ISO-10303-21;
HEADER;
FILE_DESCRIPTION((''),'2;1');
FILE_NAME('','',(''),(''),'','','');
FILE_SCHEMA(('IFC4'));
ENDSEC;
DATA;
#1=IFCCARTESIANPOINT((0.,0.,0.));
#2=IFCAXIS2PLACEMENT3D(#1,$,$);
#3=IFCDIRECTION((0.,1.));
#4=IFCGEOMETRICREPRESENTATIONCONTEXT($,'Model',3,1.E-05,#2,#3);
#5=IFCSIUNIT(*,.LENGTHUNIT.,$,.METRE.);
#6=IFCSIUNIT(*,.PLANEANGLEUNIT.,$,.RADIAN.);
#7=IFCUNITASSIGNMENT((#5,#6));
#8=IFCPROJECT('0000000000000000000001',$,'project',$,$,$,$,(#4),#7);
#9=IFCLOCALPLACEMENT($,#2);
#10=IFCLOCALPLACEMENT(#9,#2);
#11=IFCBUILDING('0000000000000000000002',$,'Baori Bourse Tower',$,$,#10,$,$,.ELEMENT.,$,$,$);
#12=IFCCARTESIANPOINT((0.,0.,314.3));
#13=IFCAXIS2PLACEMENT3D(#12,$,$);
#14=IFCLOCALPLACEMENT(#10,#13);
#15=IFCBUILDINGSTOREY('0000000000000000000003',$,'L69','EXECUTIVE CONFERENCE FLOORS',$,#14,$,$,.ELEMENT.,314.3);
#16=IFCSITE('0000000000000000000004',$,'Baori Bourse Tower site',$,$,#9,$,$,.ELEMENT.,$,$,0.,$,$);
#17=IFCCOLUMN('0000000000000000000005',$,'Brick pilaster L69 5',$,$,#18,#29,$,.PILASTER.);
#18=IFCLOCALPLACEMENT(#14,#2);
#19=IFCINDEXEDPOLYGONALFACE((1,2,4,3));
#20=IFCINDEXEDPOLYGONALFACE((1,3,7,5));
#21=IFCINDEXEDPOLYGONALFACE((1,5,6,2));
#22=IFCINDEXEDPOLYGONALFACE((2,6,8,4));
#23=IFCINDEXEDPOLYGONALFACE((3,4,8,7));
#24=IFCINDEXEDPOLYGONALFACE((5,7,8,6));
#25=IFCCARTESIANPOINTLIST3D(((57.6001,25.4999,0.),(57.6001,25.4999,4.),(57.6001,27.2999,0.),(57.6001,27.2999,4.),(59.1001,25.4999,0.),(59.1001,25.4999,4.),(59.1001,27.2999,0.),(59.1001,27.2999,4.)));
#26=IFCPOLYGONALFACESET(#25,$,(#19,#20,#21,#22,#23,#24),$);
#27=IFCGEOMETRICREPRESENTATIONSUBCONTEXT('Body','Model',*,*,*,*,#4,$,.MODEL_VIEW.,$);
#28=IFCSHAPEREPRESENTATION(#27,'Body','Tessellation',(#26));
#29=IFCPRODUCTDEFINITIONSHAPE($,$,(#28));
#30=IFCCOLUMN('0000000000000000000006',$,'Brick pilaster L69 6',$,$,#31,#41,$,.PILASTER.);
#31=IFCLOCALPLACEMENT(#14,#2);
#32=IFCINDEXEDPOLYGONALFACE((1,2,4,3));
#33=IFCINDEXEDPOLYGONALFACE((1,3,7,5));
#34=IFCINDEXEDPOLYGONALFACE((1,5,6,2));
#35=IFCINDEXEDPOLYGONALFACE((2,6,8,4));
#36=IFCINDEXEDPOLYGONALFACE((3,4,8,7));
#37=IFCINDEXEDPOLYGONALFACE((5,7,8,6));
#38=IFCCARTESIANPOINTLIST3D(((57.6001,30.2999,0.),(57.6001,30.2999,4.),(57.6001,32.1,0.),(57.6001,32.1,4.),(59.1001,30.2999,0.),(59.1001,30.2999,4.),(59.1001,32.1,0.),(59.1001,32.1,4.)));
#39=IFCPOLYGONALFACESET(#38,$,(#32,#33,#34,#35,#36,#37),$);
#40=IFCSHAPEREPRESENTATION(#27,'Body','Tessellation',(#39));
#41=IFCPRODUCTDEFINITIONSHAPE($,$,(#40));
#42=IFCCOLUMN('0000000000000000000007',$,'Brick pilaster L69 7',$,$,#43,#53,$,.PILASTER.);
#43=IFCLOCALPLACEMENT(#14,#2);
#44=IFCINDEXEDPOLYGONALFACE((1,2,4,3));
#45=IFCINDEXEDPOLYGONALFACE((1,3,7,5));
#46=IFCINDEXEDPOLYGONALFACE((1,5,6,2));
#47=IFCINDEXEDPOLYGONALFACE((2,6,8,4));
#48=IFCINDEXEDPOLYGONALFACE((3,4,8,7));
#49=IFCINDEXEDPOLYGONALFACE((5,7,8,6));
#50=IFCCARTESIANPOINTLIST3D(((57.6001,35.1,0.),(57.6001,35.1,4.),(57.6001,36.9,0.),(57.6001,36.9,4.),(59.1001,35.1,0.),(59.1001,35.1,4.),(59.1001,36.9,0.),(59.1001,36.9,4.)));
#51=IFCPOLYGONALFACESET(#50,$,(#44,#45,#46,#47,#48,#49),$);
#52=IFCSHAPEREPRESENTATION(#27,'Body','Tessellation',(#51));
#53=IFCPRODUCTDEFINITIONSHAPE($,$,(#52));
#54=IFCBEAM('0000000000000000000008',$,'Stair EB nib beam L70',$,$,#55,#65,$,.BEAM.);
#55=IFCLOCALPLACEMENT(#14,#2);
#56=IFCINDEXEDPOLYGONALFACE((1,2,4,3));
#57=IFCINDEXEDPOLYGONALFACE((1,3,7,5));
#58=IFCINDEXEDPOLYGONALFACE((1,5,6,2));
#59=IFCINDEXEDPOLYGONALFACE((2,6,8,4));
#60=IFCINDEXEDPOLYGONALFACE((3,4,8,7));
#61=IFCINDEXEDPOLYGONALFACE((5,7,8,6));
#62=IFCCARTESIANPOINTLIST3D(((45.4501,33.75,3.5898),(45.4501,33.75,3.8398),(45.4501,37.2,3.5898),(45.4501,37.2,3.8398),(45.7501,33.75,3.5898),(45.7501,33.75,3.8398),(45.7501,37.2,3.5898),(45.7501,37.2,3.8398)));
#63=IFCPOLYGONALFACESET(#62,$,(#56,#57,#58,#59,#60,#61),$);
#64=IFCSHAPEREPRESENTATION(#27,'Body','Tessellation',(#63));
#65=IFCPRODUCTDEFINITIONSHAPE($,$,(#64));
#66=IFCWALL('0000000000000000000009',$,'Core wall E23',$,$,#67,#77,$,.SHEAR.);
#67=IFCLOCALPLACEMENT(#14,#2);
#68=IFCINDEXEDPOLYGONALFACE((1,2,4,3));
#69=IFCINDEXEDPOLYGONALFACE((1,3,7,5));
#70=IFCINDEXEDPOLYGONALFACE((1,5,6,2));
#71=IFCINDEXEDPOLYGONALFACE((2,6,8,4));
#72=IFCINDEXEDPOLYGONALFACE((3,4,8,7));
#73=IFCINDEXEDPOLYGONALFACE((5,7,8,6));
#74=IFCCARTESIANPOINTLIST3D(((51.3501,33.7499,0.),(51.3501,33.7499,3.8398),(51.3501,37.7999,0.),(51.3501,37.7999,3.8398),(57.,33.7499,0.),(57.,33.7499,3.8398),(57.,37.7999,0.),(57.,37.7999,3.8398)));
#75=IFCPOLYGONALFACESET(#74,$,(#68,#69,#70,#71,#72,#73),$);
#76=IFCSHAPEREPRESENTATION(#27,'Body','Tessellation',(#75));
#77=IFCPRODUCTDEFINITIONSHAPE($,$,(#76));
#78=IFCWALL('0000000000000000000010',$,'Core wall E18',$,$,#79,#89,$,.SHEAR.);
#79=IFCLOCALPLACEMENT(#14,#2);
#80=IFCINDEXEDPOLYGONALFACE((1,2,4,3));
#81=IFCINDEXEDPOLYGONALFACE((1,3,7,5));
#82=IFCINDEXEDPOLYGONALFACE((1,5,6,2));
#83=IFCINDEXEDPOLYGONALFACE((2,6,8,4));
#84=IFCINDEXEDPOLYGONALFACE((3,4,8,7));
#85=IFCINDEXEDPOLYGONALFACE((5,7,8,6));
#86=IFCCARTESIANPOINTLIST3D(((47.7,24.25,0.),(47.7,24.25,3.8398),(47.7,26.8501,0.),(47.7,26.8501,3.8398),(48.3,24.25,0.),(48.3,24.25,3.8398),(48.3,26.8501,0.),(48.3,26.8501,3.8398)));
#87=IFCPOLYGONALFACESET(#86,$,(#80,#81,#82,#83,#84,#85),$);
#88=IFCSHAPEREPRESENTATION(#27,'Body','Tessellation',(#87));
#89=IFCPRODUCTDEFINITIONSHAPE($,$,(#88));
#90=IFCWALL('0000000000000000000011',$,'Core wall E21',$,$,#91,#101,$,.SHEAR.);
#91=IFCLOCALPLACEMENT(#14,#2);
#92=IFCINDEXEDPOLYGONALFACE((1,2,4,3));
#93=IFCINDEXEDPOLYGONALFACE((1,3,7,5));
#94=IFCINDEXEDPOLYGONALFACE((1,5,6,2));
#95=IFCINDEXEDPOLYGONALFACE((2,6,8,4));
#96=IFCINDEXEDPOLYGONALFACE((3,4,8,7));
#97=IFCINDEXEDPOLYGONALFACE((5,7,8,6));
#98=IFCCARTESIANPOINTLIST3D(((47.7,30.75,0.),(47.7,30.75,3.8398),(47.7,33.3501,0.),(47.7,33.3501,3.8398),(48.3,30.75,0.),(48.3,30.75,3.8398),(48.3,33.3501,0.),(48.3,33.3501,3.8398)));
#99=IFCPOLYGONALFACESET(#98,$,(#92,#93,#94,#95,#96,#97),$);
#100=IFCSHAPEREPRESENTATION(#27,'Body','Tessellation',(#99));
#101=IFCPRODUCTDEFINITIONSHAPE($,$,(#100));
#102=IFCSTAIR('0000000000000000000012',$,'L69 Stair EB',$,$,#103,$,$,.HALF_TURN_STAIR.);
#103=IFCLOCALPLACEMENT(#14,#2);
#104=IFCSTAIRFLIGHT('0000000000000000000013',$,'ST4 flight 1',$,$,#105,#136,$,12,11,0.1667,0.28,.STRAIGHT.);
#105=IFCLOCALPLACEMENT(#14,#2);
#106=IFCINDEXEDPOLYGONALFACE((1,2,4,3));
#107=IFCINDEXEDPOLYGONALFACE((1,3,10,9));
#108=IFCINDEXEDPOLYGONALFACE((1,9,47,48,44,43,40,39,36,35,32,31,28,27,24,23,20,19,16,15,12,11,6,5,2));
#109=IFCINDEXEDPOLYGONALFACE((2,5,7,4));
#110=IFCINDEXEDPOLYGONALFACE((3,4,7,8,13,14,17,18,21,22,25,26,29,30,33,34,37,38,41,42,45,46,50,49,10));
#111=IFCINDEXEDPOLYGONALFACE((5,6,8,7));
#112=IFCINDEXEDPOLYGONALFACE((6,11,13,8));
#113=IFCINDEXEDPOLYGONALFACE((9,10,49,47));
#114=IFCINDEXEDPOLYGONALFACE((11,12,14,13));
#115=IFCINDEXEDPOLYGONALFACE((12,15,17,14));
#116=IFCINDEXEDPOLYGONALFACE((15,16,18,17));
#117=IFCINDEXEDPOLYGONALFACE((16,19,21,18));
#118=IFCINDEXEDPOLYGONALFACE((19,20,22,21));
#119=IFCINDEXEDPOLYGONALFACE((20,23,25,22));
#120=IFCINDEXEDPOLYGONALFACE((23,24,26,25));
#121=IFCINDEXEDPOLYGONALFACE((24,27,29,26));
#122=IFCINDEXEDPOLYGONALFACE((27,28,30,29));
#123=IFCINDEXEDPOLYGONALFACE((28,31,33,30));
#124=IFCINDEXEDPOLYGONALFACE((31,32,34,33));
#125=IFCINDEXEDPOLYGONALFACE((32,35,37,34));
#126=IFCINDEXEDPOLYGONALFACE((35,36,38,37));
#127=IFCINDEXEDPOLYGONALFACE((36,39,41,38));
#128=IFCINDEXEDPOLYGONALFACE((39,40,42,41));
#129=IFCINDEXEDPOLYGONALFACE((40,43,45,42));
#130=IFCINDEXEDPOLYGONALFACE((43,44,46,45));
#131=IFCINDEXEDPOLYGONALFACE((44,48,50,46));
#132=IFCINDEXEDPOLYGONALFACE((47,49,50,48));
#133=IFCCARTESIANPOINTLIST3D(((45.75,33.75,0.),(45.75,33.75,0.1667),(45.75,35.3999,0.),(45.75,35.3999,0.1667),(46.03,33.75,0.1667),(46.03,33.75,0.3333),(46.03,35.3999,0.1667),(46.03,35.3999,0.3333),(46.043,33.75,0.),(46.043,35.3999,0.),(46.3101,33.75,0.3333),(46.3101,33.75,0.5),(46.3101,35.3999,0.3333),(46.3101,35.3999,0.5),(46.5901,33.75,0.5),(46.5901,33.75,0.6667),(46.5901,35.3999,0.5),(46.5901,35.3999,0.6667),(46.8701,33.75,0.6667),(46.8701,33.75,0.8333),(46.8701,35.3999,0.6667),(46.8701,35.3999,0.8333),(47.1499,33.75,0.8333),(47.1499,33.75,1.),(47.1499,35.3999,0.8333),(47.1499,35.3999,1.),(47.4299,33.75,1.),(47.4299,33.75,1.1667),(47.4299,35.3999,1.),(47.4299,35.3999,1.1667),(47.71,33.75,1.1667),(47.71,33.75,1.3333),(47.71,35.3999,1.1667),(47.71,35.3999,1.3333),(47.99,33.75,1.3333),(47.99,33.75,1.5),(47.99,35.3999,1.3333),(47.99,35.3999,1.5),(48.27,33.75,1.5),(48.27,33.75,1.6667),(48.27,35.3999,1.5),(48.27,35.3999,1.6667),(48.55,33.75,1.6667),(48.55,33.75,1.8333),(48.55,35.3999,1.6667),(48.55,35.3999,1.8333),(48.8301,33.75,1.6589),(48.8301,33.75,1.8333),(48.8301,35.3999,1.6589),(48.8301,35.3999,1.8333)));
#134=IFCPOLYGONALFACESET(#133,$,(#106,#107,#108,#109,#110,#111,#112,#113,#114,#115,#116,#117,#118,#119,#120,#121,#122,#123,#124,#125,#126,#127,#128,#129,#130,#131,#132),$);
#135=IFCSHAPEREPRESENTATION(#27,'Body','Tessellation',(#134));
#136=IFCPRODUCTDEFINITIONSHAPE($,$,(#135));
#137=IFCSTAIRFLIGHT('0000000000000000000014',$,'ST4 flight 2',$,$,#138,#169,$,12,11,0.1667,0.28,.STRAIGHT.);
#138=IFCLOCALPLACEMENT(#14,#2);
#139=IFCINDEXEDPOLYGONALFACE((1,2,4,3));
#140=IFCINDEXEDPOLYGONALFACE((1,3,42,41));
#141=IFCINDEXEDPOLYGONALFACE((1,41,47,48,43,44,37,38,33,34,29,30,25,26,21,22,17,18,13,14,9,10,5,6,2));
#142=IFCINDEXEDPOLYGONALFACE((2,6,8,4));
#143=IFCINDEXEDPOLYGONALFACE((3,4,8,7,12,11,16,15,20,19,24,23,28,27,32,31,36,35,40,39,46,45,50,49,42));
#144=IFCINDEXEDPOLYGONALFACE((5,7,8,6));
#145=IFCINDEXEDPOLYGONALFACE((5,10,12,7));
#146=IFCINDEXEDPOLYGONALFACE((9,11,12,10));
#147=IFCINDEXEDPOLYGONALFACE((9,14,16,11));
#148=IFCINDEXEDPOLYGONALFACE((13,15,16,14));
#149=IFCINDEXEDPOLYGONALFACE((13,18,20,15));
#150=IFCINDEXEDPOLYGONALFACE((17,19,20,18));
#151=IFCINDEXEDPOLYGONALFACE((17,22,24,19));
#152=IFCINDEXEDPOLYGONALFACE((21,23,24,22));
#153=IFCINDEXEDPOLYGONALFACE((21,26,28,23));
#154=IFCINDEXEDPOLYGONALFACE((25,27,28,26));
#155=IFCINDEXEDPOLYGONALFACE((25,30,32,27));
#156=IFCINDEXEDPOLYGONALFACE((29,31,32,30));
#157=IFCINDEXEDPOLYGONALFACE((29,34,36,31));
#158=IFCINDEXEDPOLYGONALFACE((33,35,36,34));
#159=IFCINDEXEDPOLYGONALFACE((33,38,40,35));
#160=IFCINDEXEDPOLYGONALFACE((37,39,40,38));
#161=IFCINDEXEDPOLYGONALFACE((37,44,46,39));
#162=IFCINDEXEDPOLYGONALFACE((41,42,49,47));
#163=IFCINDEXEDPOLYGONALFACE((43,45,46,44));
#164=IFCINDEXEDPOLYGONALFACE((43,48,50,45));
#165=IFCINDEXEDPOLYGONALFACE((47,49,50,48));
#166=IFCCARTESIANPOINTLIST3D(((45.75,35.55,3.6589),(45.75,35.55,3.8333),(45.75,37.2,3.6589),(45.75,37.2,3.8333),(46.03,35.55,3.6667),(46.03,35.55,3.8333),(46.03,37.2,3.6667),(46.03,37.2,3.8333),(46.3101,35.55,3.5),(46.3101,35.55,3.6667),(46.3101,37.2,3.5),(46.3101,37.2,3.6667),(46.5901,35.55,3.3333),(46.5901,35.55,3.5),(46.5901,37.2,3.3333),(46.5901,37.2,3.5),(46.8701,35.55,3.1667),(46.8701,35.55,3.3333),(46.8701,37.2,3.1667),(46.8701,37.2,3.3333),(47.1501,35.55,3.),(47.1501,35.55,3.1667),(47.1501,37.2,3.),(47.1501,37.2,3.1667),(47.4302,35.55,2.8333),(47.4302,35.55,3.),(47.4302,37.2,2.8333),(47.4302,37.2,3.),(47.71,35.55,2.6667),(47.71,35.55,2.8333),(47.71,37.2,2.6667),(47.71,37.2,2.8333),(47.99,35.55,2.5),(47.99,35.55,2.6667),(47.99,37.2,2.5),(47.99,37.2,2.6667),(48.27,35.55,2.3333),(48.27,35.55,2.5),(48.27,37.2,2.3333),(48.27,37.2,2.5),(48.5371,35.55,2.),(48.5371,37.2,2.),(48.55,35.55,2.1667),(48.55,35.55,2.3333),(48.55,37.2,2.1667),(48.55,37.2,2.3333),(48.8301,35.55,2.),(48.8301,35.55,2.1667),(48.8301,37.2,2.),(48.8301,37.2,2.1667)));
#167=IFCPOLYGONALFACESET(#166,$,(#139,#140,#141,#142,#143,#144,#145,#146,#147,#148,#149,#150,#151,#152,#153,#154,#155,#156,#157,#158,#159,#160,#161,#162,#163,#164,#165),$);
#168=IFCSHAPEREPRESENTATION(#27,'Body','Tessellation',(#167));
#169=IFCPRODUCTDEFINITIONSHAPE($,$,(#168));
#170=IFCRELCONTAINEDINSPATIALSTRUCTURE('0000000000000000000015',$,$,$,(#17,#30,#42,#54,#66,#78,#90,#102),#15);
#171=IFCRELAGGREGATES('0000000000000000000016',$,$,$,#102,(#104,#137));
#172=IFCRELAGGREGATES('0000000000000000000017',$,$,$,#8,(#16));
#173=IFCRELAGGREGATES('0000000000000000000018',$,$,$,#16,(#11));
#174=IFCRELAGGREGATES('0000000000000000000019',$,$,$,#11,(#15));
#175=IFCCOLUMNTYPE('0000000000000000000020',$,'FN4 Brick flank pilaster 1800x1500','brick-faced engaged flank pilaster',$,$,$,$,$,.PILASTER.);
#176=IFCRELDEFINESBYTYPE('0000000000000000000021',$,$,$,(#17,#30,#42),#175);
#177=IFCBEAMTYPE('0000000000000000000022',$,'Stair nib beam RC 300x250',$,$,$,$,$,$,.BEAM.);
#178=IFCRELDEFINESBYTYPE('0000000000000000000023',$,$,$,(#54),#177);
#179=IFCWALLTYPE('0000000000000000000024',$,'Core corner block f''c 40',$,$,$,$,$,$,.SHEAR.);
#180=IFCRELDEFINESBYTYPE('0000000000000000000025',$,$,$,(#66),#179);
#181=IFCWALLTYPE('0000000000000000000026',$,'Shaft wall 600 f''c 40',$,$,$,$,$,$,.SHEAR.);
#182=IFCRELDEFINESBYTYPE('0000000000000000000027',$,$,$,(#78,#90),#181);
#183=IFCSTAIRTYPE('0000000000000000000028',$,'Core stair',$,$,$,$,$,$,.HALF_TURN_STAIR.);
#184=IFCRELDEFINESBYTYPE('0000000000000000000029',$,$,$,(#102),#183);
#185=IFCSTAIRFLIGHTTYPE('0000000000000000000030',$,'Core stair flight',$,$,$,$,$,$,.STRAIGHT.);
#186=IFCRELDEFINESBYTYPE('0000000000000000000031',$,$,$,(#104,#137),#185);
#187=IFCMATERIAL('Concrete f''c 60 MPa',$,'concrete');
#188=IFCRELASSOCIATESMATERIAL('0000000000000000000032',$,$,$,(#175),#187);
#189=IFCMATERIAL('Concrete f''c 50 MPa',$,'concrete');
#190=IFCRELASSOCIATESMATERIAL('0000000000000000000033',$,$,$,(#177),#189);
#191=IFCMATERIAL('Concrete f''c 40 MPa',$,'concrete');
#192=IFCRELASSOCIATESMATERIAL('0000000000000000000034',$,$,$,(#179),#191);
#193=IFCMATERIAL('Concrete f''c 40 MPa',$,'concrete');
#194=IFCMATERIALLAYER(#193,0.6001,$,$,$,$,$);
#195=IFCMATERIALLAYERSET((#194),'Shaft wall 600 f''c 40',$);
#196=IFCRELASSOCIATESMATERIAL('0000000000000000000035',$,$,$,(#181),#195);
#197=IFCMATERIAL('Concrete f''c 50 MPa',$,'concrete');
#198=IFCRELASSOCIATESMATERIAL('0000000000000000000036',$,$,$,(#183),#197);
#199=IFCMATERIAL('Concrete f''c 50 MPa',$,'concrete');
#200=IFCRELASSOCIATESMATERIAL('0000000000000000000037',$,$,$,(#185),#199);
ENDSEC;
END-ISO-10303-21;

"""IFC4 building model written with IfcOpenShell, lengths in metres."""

from ifc_helpers import new_model, si_unit, direction, frame, frame_2d, origin, origin_2d, place, context, subcontext, project, spatial, polyline, rectangle, outline, extrude, material, layer, layer_set, material_profile, profile_set, type_object, element, aggregate, save


model = new_model("IFC4")

# Units and contexts
model_context = context("Model", 3, precision=1e-05, world=origin(), true_north=direction((0.0, 1.0)))
body_context = subcontext(model_context, "Body", "Model", "MODEL_VIEW")
ifc_project = project(units=[si_unit("LENGTHUNIT", "METRE"), si_unit("PLANEANGLEUNIT", "RADIAN")], contexts=[model_context])

# Site, building, storey
site_placement = place(None, origin())
site = spatial("IfcSite", under=ifc_project, at=site_placement, Name="Baori Bourse Tower site", CompositionType="ELEMENT", RefElevation=0.0)
building_placement = place(site_placement, origin())
building = spatial("IfcBuilding", under=site, at=building_placement, Name="Baori Bourse Tower", CompositionType="ELEMENT")
storey_placement = place(building_placement, frame((0.0, 0.0, 314.3)))
storey = spatial("IfcBuildingStorey", under=building, at=storey_placement, Name="L69", Description="EXECUTIVE CONFERENCE FLOORS", CompositionType="ELEMENT", Elevation=314.3)

# Columns
ifc_material_1 = material(Name="Concrete f'c 60 MPa", Category="concrete")
ifc_material_profile_1 = material_profile(ifc_material_1, rectangle(XDim=1.8, YDim=1.5, at=origin_2d()), Name="RC 1800x1500")
ifc_profile_set_1 = profile_set([ifc_material_profile_1], Name="Concrete f'c 60 MPa")
column_type = type_object("IfcColumnType", Name="FN4 Brick flank pilaster 1800x1500", Description="brick-faced engaged flank pilaster", PredefinedType="PILASTER", material=ifc_profile_set_1)
for number, where, z_axis, x_axis, name in (
    (1, (58.3501, 26.3999, 0.0), (0.0, 0.0, 1.0), (0.0, 1.0, 0.0), "Brick pilaster L69 5"),
    (2, (58.3501, 31.2, 0.0), (0.0, 0.0, 1.0), (0.0, 1.0, 0.0), "Brick pilaster L69 6"),
    (3, (58.3501, 36.0, 0.0), (0.0, 0.0, 1.0), (0.0, 1.0, 0.0), "Brick pilaster L69 7"),
):
    element("IfcColumn", number, at=place(storey_placement, frame(where, z_axis=z_axis, x_axis=x_axis)), inside=storey, type_object=column_type, Name=name, PredefinedType="PILASTER", context=body_context, shape_type="SweptSolid", body=[
        extrude(rectangle(XDim=1.8, YDim=1.5, at=origin_2d()), origin(), (0.0, 0.0, 1.0), 4.0),
    ])

# Beam
ifc_material_2 = material(Name="Concrete f'c 50 MPa", Category="concrete")
ifc_material_profile_2 = material_profile(ifc_material_2, rectangle(XDim=0.3, YDim=0.25, at=origin_2d()), Name="RC 300x250")
ifc_profile_set_2 = profile_set([ifc_material_profile_2], Name="Concrete f'c 50 MPa")
beam_type = type_object("IfcBeamType", Name="Stair nib beam RC 300x250", PredefinedType="BEAM", material=ifc_profile_set_2)
beam_placement = place(storey_placement, frame((45.6001, 33.75, 3.7148), z_axis=(0.0, 1.0, 0.0), x_axis=(-1.0, 0.0, 0.0)))
element("IfcBeam", 4, at=beam_placement, inside=storey, type_object=beam_type, Name="Stair EB nib beam L70", PredefinedType="BEAM", context=body_context, shape_type="SweptSolid", body=[
    extrude(rectangle(XDim=0.3, YDim=0.25, at=origin_2d()), origin(), (0.0, 0.0, 1.0), 3.45),
])

# Walls
ifc_material_3 = material(Name="Concrete f'c 40 MPa", Category="concrete")
wall_type_1 = type_object("IfcWallType", Name="Core corner block f'c 40", PredefinedType="SHEAR", material=ifc_material_3)
wall_placement = place(storey_placement, frame((51.3501, 35.7749, 0.0), z_axis=(0.0, 0.0, 1.0), x_axis=(1.0, 0.0, 0.0)))
element("IfcWall", 5, at=wall_placement, inside=storey, type_object=wall_type_1, Name="Core wall E23", PredefinedType="SHEAR", context=body_context, shape_type="SweptSolid", body=[
    extrude(rectangle(XDim=5.6499, YDim=4.05, at=frame_2d((2.825, 0.0))), origin(), (0.0, 0.0, 1.0), 3.8398),
])
ifc_material_4 = material(Name="Concrete f'c 40 MPa", Category="concrete")
ifc_layer = layer(ifc_material_4, 0.6001)
ifc_layer_set = layer_set([ifc_layer], Name="Shaft wall 600 f'c 40")
wall_type_2 = type_object("IfcWallType", Name="Shaft wall 600 f'c 40", PredefinedType="SHEAR", material=ifc_layer_set)
for number, where, z_axis, x_axis, name in (
    (6, (48.0, 24.25, 0.0), (0.0, 0.0, 1.0), (0.0, 1.0, 0.0), "Core wall E18"),
    (7, (48.0, 30.75, 0.0), (0.0, 0.0, 1.0), (0.0, 1.0, 0.0), "Core wall E21"),
):
    element("IfcWall", number, at=place(storey_placement, frame(where, z_axis=z_axis, x_axis=x_axis)), inside=storey, type_object=wall_type_2, Name=name, PredefinedType="SHEAR", context=body_context, shape_type="SweptSolid", body=[
        extrude(rectangle(XDim=2.6001, YDim=0.6001, at=frame_2d((1.3, 0.0))), origin(), (0.0, 0.0, 1.0), 3.8398),
    ])

# Stair, stair flights
ifc_material_5 = material(Name="Concrete f'c 50 MPa", Category="concrete")
stair_type = type_object("IfcStairType", Name="Core stair", PredefinedType="HALF_TURN_STAIR", material=ifc_material_5)
stair_placement = place(storey_placement, origin())
stair = element("IfcStair", 8, at=stair_placement, inside=storey, type_object=stair_type, Name="L69 Stair EB", PredefinedType="HALF_TURN_STAIR")
ifc_material_6 = material(Name="Concrete f'c 50 MPa", Category="concrete")
stair_flight_type = type_object("IfcStairFlightType", Name="Core stair flight", PredefinedType="STRAIGHT", material=ifc_material_6)
stair_flight_1_placement = place(storey_placement, frame((45.75, 34.575, 0.0), z_axis=(0.0, 0.0, 1.0), x_axis=(1.0, 0.0, 0.0)))
stair_flight_1 = element("IfcStairFlight", 9, at=stair_flight_1_placement, type_object=stair_flight_type, Name="ST4 flight 1", NumberOfRisers=12, NumberOfTreads=11, PredefinedType="STRAIGHT", RiserHeight=0.1667, TreadLength=0.28, context=body_context, shape_type="SweptSolid", body=[
    extrude(outline(polyline([(0.0, 0.0), (0.0, 0.1667), (0.28, 0.1667), (0.28, 0.3333), (0.5601, 0.3333), (0.5601, 0.5), (0.8401, 0.5), (0.8401, 0.6667), (1.1201, 0.6667), (1.1201, 0.8333), (1.3999, 0.8333), (1.3999, 1.0), (1.6799, 1.0), (1.6799, 1.1667), (1.96, 1.1667), (1.96, 1.3333), (2.24, 1.3333), (2.24, 1.5), (2.52, 1.5), (2.52, 1.6667), (2.8, 1.6667), (2.8, 1.8333), (3.0801, 1.8333), (3.0801, 2.0), (3.0801, 1.6589), (0.293, 0.0), (0.0, 0.0)])), frame((0.0, 0.825, 0.0), z_axis=(0.0, -1.0, 0.0), x_axis=(1.0, 0.0, 0.0)), (0.0, 0.0, 1.0), 1.6499),
])
stair_flight_2_placement = place(storey_placement, frame((48.8301, 36.375, 2.0), z_axis=(0.0, 0.0, 1.0), x_axis=(-1.0, 0.0, 0.0)))
stair_flight_2 = element("IfcStairFlight", 10, at=stair_flight_2_placement, type_object=stair_flight_type, Name="ST4 flight 2", NumberOfRisers=12, NumberOfTreads=11, PredefinedType="STRAIGHT", RiserHeight=0.1667, TreadLength=0.28, context=body_context, shape_type="SweptSolid", body=[
    extrude(outline(polyline([(0.0, 0.0), (0.0, 0.1667), (0.28, 0.1667), (0.28, 0.3333), (0.5601, 0.3333), (0.5601, 0.5), (0.8401, 0.5), (0.8401, 0.6667), (1.1201, 0.6667), (1.1201, 0.8333), (1.3999, 0.8333), (1.3999, 1.0), (1.6799, 1.0), (1.6799, 1.1667), (1.96, 1.1667), (1.96, 1.3333), (2.24, 1.3333), (2.24, 1.5), (2.52, 1.5), (2.52, 1.6667), (2.8, 1.6667), (2.8, 1.8333), (3.0801, 1.8333), (3.0801, 2.0), (3.0801, 1.6589), (0.293, 0.0), (0.0, 0.0)])), frame((0.0, 0.825, 0.0), z_axis=(0.0, -1.0, 0.0), x_axis=(1.0, 0.0, 0.0)), (0.0, 0.0, 1.0), 1.6499),
])
aggregate(stair, [stair_flight_1, stair_flight_2])

save(model, "model.ifc")
